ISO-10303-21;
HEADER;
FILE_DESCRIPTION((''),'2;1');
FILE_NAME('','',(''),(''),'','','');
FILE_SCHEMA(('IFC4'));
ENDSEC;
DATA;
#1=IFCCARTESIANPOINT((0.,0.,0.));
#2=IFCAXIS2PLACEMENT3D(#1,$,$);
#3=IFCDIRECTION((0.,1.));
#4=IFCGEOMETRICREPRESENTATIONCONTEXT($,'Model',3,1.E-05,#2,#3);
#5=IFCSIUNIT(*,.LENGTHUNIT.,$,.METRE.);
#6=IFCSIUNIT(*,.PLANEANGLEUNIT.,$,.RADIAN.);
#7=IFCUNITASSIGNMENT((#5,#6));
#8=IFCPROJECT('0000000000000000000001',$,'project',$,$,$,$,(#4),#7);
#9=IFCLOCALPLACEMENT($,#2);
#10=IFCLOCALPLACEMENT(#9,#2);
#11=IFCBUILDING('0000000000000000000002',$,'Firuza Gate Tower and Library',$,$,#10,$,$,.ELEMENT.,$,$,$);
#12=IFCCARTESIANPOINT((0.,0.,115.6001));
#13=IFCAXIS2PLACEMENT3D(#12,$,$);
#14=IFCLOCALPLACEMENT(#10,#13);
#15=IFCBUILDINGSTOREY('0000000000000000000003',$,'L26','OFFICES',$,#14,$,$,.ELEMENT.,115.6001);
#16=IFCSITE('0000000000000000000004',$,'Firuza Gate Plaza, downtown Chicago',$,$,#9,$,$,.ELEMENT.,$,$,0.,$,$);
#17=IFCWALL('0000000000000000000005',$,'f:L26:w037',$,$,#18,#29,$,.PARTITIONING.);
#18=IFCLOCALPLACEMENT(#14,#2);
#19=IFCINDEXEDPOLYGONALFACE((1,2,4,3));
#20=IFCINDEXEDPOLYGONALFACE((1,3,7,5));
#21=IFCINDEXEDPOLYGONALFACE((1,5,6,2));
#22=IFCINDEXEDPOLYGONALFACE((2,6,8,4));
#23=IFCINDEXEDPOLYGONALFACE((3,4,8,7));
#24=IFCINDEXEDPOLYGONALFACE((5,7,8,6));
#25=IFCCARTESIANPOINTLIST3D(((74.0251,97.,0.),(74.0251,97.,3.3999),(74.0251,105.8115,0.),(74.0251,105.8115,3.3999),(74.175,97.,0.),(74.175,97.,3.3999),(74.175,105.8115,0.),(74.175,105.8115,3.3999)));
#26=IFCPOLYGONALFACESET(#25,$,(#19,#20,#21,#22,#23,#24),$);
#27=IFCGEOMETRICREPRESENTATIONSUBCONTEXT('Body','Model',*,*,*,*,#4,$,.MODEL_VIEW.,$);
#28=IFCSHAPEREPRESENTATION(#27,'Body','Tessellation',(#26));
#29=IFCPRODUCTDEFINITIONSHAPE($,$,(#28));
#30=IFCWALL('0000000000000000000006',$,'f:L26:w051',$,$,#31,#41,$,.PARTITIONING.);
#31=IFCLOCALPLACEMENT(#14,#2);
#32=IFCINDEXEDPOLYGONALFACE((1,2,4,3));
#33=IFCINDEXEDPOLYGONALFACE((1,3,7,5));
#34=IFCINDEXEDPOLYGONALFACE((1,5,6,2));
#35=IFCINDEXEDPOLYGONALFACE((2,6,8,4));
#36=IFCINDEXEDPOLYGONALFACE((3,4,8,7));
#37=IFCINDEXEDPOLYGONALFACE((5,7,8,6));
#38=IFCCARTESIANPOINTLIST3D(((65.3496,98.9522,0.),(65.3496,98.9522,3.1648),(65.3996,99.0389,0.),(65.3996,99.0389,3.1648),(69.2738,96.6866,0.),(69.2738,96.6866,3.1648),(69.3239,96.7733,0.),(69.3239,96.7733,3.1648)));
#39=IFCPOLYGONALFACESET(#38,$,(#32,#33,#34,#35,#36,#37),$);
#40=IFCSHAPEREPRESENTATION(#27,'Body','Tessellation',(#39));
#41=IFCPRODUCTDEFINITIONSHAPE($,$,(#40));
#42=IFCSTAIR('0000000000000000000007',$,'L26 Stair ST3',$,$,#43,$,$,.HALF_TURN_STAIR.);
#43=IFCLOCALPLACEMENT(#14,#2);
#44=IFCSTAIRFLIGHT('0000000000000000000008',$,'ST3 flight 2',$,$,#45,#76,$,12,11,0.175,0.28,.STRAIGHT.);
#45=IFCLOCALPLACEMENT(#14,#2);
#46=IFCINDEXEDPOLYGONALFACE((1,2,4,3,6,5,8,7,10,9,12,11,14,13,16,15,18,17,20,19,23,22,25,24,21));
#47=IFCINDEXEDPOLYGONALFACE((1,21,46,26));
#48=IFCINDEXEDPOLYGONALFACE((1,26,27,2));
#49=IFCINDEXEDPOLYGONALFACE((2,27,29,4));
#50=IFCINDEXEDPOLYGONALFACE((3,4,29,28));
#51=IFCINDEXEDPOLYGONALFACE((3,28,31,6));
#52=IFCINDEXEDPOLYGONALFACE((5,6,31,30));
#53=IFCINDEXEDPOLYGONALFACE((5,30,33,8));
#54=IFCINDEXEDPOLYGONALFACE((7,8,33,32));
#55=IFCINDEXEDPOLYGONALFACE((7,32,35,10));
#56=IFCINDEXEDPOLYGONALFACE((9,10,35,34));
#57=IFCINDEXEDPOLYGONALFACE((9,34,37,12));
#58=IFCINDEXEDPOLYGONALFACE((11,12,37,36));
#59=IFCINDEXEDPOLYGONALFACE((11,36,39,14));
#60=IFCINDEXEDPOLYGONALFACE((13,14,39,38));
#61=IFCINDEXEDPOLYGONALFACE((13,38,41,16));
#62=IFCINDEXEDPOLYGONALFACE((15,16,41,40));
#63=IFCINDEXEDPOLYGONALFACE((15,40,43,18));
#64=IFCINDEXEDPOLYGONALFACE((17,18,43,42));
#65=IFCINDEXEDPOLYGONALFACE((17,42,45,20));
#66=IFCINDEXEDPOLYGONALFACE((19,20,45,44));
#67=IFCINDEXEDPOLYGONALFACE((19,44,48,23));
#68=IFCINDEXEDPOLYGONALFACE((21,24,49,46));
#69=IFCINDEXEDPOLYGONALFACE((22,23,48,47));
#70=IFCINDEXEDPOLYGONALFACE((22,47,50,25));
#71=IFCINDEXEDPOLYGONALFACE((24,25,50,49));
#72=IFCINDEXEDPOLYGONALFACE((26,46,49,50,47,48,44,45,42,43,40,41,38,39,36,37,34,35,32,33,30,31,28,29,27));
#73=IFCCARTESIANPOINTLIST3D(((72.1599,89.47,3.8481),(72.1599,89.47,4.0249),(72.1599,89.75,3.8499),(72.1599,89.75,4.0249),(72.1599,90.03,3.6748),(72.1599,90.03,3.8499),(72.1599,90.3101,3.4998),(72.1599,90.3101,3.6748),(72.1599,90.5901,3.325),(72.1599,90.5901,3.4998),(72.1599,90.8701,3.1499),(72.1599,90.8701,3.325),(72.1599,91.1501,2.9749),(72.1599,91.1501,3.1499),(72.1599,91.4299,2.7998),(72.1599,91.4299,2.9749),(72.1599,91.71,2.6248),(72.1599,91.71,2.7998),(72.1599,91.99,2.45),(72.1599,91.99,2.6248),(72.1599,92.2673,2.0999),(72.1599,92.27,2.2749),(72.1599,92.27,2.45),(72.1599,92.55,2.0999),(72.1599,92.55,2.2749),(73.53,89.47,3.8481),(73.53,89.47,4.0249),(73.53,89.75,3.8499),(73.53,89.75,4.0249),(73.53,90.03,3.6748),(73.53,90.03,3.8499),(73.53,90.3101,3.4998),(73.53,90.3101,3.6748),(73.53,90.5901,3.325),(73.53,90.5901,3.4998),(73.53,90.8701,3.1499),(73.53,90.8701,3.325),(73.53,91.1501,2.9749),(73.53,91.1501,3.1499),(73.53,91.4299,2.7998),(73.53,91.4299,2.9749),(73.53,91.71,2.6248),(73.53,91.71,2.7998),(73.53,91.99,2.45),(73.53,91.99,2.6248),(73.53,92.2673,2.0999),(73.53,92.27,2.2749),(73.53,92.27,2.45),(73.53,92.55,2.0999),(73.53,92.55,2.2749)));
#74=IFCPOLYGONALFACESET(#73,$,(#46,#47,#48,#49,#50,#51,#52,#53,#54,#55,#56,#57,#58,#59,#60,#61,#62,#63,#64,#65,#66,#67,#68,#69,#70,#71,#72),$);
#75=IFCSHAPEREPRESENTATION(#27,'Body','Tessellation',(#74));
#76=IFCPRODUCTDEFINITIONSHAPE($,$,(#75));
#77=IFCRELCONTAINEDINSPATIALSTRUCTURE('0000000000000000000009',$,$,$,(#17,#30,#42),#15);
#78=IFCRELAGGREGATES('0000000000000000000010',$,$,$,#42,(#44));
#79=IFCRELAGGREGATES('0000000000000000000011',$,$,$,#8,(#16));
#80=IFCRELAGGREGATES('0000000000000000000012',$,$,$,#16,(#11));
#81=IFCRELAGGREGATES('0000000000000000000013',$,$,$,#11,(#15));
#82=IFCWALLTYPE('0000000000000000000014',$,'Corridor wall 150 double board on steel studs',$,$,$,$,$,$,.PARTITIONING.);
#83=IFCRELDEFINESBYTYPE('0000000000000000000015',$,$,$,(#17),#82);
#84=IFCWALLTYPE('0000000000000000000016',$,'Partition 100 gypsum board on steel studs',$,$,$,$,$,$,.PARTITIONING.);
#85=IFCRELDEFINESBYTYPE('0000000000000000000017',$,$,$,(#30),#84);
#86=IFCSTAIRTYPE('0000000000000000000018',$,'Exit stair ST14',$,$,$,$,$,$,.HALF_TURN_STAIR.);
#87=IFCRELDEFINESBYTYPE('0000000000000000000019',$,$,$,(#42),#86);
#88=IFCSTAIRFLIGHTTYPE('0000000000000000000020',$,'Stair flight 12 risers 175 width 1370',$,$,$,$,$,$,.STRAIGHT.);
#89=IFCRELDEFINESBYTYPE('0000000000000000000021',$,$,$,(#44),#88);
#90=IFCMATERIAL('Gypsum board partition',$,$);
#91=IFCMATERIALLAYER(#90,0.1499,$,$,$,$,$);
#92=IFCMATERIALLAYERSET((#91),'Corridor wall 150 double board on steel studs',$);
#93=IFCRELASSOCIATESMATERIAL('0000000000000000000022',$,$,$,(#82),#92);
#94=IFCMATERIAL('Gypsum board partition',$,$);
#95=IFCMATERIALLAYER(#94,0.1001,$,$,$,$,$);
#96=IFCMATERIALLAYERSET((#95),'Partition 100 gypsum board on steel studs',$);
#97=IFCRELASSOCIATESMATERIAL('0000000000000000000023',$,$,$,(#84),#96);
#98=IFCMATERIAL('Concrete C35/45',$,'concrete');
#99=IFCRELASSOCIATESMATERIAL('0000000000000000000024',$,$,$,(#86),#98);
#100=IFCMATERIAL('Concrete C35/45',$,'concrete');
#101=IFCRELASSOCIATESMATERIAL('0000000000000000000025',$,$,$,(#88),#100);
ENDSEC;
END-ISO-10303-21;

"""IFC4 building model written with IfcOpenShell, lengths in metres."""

from ifc_helpers import new_model, si_unit, direction, frame, frame_2d, origin, place, context, subcontext, project, spatial, polyline, rectangle, outline, extrude, material, layer, layer_set, type_object, element, aggregate, save


model = new_model("IFC4")

# Units and contexts
model_context = context("Model", 3, precision=1e-05, world=origin(), true_north=direction((0.0, 1.0)))
body_context = subcontext(model_context, "Body", "Model", "MODEL_VIEW")
ifc_project = project(units=[si_unit("LENGTHUNIT", "METRE"), si_unit("PLANEANGLEUNIT", "RADIAN")], contexts=[model_context])

# Site, building, storey
site_placement = place(None, origin())
site = spatial("IfcSite", under=ifc_project, at=site_placement, Name="Firuza Gate Plaza, downtown Chicago", CompositionType="ELEMENT", RefElevation=0.0)
building_placement = place(site_placement, origin())
building = spatial("IfcBuilding", under=site, at=building_placement, Name="Firuza Gate Tower and Library", CompositionType="ELEMENT")
storey_placement = place(building_placement, frame((0.0, 0.0, 115.6001)))
storey = spatial("IfcBuildingStorey", under=building, at=storey_placement, Name="L26", Description="OFFICES", CompositionType="ELEMENT", Elevation=115.6001)

# Shared definitions
placement = place(storey_placement, origin())

# Shared definitions
ifc_material_1 = material(Name="Gypsum board partition")
ifc_layer_1 = layer(ifc_material_1, 0.1499)
ifc_layer_set_1 = layer_set([ifc_layer_1], Name="Corridor wall 150 double board on steel studs")
wall_type_1 = type_object("IfcWallType", Name="Corridor wall 150 double board on steel studs", PredefinedType="PARTITIONING", material=ifc_layer_set_1)

# Walls
wall_1_placement = place(storey_placement, frame((74.1001, 97.0, 0.0), z_axis=(0.0, 0.0, 1.0), x_axis=(0.0, 1.0, 0.0)))
element("IfcWall", 1, at=wall_1_placement, inside=storey, type_object=wall_type_1, Name="f:L26:w037", PredefinedType="PARTITIONING", context=body_context, shape_type="SweptSolid", body=[
    extrude(rectangle(XDim=8.8115, YDim=0.1499, at=frame_2d((4.4058, 0.0))), origin(), (0.0, 0.0, 1.0), 3.3999),
])
ifc_material_2 = material(Name="Gypsum board partition")
ifc_layer_2 = layer(ifc_material_2, 0.1001)
ifc_layer_set_2 = layer_set([ifc_layer_2], Name="Partition 100 gypsum board on steel studs")
wall_type_2 = type_object("IfcWallType", Name="Partition 100 gypsum board on steel studs", PredefinedType="PARTITIONING", material=ifc_layer_set_2)
wall_2_placement = place(storey_placement, frame((69.2988, 96.73, 0.0), z_axis=(0.0, 0.0, 1.0), x_axis=(-0.866033, 0.499987, 0.0)))
element("IfcWall", 2, at=wall_2_placement, inside=storey, type_object=wall_type_2, Name="f:L26:w051", PredefinedType="PARTITIONING", context=body_context, shape_type="SweptSolid", body=[
    extrude(rectangle(XDim=4.5312, YDim=0.1001, at=frame_2d((2.2656, 0.0))), origin(), (0.0, 0.0, 1.0), 3.1648),
])

# Stair, stair flight
ifc_material_3 = material(Name="Concrete C35/45", Category="concrete")
stair_type = type_object("IfcStairType", Name="Exit stair ST14", PredefinedType="HALF_TURN_STAIR", material=ifc_material_3)
stair = element("IfcStair", 3, at=placement, inside=storey, type_object=stair_type, Name="L26 Stair ST3", PredefinedType="HALF_TURN_STAIR")
ifc_material_4 = material(Name="Concrete C35/45", Category="concrete")
stair_flight_type = type_object("IfcStairFlightType", Name="Stair flight 12 risers 175 width 1370", PredefinedType="STRAIGHT", material=ifc_material_4)
stair_flight_placement = place(storey_placement, frame((72.845, 92.55, 2.0999), z_axis=(0.0, 0.0, 1.0), x_axis=(0.0, -1.0, 0.0)))
stair_flight = element("IfcStairFlight", 4, at=stair_flight_placement, type_object=stair_flight_type, Name="ST3 flight 2", NumberOfRisers=12, NumberOfTreads=11, PredefinedType="STRAIGHT", RiserHeight=0.175, TreadLength=0.28, context=body_context, shape_type="SweptSolid", body=[
    extrude(outline(polyline([(0.0, 0.0), (0.0, 0.175), (0.28, 0.175), (0.28, 0.3501), (0.5601, 0.3501), (0.5601, 0.5249), (0.8401, 0.5249), (0.8401, 0.7), (1.1201, 0.7), (1.1201, 0.875), (1.3999, 0.875), (1.3999, 1.05), (1.6799, 1.05), (1.6799, 1.2251), (1.96, 1.2251), (1.96, 1.3999), (2.24, 1.3999), (2.24, 1.575), (2.52, 1.575), (2.52, 1.75), (2.8, 1.75), (2.8, 1.925), (3.0801, 1.925), (3.0801, 2.1001), (3.0801, 1.7483), (0.2827, 0.0), (0.0, 0.0)])), frame((0.0, 0.6851, 0.0), z_axis=(0.0, -1.0, 0.0), x_axis=(1.0, 0.0, 0.0)), (0.0, 0.0, 1.0), 1.3701),
])
aggregate(stair, [stair_flight])

save(model, "model.ifc")
